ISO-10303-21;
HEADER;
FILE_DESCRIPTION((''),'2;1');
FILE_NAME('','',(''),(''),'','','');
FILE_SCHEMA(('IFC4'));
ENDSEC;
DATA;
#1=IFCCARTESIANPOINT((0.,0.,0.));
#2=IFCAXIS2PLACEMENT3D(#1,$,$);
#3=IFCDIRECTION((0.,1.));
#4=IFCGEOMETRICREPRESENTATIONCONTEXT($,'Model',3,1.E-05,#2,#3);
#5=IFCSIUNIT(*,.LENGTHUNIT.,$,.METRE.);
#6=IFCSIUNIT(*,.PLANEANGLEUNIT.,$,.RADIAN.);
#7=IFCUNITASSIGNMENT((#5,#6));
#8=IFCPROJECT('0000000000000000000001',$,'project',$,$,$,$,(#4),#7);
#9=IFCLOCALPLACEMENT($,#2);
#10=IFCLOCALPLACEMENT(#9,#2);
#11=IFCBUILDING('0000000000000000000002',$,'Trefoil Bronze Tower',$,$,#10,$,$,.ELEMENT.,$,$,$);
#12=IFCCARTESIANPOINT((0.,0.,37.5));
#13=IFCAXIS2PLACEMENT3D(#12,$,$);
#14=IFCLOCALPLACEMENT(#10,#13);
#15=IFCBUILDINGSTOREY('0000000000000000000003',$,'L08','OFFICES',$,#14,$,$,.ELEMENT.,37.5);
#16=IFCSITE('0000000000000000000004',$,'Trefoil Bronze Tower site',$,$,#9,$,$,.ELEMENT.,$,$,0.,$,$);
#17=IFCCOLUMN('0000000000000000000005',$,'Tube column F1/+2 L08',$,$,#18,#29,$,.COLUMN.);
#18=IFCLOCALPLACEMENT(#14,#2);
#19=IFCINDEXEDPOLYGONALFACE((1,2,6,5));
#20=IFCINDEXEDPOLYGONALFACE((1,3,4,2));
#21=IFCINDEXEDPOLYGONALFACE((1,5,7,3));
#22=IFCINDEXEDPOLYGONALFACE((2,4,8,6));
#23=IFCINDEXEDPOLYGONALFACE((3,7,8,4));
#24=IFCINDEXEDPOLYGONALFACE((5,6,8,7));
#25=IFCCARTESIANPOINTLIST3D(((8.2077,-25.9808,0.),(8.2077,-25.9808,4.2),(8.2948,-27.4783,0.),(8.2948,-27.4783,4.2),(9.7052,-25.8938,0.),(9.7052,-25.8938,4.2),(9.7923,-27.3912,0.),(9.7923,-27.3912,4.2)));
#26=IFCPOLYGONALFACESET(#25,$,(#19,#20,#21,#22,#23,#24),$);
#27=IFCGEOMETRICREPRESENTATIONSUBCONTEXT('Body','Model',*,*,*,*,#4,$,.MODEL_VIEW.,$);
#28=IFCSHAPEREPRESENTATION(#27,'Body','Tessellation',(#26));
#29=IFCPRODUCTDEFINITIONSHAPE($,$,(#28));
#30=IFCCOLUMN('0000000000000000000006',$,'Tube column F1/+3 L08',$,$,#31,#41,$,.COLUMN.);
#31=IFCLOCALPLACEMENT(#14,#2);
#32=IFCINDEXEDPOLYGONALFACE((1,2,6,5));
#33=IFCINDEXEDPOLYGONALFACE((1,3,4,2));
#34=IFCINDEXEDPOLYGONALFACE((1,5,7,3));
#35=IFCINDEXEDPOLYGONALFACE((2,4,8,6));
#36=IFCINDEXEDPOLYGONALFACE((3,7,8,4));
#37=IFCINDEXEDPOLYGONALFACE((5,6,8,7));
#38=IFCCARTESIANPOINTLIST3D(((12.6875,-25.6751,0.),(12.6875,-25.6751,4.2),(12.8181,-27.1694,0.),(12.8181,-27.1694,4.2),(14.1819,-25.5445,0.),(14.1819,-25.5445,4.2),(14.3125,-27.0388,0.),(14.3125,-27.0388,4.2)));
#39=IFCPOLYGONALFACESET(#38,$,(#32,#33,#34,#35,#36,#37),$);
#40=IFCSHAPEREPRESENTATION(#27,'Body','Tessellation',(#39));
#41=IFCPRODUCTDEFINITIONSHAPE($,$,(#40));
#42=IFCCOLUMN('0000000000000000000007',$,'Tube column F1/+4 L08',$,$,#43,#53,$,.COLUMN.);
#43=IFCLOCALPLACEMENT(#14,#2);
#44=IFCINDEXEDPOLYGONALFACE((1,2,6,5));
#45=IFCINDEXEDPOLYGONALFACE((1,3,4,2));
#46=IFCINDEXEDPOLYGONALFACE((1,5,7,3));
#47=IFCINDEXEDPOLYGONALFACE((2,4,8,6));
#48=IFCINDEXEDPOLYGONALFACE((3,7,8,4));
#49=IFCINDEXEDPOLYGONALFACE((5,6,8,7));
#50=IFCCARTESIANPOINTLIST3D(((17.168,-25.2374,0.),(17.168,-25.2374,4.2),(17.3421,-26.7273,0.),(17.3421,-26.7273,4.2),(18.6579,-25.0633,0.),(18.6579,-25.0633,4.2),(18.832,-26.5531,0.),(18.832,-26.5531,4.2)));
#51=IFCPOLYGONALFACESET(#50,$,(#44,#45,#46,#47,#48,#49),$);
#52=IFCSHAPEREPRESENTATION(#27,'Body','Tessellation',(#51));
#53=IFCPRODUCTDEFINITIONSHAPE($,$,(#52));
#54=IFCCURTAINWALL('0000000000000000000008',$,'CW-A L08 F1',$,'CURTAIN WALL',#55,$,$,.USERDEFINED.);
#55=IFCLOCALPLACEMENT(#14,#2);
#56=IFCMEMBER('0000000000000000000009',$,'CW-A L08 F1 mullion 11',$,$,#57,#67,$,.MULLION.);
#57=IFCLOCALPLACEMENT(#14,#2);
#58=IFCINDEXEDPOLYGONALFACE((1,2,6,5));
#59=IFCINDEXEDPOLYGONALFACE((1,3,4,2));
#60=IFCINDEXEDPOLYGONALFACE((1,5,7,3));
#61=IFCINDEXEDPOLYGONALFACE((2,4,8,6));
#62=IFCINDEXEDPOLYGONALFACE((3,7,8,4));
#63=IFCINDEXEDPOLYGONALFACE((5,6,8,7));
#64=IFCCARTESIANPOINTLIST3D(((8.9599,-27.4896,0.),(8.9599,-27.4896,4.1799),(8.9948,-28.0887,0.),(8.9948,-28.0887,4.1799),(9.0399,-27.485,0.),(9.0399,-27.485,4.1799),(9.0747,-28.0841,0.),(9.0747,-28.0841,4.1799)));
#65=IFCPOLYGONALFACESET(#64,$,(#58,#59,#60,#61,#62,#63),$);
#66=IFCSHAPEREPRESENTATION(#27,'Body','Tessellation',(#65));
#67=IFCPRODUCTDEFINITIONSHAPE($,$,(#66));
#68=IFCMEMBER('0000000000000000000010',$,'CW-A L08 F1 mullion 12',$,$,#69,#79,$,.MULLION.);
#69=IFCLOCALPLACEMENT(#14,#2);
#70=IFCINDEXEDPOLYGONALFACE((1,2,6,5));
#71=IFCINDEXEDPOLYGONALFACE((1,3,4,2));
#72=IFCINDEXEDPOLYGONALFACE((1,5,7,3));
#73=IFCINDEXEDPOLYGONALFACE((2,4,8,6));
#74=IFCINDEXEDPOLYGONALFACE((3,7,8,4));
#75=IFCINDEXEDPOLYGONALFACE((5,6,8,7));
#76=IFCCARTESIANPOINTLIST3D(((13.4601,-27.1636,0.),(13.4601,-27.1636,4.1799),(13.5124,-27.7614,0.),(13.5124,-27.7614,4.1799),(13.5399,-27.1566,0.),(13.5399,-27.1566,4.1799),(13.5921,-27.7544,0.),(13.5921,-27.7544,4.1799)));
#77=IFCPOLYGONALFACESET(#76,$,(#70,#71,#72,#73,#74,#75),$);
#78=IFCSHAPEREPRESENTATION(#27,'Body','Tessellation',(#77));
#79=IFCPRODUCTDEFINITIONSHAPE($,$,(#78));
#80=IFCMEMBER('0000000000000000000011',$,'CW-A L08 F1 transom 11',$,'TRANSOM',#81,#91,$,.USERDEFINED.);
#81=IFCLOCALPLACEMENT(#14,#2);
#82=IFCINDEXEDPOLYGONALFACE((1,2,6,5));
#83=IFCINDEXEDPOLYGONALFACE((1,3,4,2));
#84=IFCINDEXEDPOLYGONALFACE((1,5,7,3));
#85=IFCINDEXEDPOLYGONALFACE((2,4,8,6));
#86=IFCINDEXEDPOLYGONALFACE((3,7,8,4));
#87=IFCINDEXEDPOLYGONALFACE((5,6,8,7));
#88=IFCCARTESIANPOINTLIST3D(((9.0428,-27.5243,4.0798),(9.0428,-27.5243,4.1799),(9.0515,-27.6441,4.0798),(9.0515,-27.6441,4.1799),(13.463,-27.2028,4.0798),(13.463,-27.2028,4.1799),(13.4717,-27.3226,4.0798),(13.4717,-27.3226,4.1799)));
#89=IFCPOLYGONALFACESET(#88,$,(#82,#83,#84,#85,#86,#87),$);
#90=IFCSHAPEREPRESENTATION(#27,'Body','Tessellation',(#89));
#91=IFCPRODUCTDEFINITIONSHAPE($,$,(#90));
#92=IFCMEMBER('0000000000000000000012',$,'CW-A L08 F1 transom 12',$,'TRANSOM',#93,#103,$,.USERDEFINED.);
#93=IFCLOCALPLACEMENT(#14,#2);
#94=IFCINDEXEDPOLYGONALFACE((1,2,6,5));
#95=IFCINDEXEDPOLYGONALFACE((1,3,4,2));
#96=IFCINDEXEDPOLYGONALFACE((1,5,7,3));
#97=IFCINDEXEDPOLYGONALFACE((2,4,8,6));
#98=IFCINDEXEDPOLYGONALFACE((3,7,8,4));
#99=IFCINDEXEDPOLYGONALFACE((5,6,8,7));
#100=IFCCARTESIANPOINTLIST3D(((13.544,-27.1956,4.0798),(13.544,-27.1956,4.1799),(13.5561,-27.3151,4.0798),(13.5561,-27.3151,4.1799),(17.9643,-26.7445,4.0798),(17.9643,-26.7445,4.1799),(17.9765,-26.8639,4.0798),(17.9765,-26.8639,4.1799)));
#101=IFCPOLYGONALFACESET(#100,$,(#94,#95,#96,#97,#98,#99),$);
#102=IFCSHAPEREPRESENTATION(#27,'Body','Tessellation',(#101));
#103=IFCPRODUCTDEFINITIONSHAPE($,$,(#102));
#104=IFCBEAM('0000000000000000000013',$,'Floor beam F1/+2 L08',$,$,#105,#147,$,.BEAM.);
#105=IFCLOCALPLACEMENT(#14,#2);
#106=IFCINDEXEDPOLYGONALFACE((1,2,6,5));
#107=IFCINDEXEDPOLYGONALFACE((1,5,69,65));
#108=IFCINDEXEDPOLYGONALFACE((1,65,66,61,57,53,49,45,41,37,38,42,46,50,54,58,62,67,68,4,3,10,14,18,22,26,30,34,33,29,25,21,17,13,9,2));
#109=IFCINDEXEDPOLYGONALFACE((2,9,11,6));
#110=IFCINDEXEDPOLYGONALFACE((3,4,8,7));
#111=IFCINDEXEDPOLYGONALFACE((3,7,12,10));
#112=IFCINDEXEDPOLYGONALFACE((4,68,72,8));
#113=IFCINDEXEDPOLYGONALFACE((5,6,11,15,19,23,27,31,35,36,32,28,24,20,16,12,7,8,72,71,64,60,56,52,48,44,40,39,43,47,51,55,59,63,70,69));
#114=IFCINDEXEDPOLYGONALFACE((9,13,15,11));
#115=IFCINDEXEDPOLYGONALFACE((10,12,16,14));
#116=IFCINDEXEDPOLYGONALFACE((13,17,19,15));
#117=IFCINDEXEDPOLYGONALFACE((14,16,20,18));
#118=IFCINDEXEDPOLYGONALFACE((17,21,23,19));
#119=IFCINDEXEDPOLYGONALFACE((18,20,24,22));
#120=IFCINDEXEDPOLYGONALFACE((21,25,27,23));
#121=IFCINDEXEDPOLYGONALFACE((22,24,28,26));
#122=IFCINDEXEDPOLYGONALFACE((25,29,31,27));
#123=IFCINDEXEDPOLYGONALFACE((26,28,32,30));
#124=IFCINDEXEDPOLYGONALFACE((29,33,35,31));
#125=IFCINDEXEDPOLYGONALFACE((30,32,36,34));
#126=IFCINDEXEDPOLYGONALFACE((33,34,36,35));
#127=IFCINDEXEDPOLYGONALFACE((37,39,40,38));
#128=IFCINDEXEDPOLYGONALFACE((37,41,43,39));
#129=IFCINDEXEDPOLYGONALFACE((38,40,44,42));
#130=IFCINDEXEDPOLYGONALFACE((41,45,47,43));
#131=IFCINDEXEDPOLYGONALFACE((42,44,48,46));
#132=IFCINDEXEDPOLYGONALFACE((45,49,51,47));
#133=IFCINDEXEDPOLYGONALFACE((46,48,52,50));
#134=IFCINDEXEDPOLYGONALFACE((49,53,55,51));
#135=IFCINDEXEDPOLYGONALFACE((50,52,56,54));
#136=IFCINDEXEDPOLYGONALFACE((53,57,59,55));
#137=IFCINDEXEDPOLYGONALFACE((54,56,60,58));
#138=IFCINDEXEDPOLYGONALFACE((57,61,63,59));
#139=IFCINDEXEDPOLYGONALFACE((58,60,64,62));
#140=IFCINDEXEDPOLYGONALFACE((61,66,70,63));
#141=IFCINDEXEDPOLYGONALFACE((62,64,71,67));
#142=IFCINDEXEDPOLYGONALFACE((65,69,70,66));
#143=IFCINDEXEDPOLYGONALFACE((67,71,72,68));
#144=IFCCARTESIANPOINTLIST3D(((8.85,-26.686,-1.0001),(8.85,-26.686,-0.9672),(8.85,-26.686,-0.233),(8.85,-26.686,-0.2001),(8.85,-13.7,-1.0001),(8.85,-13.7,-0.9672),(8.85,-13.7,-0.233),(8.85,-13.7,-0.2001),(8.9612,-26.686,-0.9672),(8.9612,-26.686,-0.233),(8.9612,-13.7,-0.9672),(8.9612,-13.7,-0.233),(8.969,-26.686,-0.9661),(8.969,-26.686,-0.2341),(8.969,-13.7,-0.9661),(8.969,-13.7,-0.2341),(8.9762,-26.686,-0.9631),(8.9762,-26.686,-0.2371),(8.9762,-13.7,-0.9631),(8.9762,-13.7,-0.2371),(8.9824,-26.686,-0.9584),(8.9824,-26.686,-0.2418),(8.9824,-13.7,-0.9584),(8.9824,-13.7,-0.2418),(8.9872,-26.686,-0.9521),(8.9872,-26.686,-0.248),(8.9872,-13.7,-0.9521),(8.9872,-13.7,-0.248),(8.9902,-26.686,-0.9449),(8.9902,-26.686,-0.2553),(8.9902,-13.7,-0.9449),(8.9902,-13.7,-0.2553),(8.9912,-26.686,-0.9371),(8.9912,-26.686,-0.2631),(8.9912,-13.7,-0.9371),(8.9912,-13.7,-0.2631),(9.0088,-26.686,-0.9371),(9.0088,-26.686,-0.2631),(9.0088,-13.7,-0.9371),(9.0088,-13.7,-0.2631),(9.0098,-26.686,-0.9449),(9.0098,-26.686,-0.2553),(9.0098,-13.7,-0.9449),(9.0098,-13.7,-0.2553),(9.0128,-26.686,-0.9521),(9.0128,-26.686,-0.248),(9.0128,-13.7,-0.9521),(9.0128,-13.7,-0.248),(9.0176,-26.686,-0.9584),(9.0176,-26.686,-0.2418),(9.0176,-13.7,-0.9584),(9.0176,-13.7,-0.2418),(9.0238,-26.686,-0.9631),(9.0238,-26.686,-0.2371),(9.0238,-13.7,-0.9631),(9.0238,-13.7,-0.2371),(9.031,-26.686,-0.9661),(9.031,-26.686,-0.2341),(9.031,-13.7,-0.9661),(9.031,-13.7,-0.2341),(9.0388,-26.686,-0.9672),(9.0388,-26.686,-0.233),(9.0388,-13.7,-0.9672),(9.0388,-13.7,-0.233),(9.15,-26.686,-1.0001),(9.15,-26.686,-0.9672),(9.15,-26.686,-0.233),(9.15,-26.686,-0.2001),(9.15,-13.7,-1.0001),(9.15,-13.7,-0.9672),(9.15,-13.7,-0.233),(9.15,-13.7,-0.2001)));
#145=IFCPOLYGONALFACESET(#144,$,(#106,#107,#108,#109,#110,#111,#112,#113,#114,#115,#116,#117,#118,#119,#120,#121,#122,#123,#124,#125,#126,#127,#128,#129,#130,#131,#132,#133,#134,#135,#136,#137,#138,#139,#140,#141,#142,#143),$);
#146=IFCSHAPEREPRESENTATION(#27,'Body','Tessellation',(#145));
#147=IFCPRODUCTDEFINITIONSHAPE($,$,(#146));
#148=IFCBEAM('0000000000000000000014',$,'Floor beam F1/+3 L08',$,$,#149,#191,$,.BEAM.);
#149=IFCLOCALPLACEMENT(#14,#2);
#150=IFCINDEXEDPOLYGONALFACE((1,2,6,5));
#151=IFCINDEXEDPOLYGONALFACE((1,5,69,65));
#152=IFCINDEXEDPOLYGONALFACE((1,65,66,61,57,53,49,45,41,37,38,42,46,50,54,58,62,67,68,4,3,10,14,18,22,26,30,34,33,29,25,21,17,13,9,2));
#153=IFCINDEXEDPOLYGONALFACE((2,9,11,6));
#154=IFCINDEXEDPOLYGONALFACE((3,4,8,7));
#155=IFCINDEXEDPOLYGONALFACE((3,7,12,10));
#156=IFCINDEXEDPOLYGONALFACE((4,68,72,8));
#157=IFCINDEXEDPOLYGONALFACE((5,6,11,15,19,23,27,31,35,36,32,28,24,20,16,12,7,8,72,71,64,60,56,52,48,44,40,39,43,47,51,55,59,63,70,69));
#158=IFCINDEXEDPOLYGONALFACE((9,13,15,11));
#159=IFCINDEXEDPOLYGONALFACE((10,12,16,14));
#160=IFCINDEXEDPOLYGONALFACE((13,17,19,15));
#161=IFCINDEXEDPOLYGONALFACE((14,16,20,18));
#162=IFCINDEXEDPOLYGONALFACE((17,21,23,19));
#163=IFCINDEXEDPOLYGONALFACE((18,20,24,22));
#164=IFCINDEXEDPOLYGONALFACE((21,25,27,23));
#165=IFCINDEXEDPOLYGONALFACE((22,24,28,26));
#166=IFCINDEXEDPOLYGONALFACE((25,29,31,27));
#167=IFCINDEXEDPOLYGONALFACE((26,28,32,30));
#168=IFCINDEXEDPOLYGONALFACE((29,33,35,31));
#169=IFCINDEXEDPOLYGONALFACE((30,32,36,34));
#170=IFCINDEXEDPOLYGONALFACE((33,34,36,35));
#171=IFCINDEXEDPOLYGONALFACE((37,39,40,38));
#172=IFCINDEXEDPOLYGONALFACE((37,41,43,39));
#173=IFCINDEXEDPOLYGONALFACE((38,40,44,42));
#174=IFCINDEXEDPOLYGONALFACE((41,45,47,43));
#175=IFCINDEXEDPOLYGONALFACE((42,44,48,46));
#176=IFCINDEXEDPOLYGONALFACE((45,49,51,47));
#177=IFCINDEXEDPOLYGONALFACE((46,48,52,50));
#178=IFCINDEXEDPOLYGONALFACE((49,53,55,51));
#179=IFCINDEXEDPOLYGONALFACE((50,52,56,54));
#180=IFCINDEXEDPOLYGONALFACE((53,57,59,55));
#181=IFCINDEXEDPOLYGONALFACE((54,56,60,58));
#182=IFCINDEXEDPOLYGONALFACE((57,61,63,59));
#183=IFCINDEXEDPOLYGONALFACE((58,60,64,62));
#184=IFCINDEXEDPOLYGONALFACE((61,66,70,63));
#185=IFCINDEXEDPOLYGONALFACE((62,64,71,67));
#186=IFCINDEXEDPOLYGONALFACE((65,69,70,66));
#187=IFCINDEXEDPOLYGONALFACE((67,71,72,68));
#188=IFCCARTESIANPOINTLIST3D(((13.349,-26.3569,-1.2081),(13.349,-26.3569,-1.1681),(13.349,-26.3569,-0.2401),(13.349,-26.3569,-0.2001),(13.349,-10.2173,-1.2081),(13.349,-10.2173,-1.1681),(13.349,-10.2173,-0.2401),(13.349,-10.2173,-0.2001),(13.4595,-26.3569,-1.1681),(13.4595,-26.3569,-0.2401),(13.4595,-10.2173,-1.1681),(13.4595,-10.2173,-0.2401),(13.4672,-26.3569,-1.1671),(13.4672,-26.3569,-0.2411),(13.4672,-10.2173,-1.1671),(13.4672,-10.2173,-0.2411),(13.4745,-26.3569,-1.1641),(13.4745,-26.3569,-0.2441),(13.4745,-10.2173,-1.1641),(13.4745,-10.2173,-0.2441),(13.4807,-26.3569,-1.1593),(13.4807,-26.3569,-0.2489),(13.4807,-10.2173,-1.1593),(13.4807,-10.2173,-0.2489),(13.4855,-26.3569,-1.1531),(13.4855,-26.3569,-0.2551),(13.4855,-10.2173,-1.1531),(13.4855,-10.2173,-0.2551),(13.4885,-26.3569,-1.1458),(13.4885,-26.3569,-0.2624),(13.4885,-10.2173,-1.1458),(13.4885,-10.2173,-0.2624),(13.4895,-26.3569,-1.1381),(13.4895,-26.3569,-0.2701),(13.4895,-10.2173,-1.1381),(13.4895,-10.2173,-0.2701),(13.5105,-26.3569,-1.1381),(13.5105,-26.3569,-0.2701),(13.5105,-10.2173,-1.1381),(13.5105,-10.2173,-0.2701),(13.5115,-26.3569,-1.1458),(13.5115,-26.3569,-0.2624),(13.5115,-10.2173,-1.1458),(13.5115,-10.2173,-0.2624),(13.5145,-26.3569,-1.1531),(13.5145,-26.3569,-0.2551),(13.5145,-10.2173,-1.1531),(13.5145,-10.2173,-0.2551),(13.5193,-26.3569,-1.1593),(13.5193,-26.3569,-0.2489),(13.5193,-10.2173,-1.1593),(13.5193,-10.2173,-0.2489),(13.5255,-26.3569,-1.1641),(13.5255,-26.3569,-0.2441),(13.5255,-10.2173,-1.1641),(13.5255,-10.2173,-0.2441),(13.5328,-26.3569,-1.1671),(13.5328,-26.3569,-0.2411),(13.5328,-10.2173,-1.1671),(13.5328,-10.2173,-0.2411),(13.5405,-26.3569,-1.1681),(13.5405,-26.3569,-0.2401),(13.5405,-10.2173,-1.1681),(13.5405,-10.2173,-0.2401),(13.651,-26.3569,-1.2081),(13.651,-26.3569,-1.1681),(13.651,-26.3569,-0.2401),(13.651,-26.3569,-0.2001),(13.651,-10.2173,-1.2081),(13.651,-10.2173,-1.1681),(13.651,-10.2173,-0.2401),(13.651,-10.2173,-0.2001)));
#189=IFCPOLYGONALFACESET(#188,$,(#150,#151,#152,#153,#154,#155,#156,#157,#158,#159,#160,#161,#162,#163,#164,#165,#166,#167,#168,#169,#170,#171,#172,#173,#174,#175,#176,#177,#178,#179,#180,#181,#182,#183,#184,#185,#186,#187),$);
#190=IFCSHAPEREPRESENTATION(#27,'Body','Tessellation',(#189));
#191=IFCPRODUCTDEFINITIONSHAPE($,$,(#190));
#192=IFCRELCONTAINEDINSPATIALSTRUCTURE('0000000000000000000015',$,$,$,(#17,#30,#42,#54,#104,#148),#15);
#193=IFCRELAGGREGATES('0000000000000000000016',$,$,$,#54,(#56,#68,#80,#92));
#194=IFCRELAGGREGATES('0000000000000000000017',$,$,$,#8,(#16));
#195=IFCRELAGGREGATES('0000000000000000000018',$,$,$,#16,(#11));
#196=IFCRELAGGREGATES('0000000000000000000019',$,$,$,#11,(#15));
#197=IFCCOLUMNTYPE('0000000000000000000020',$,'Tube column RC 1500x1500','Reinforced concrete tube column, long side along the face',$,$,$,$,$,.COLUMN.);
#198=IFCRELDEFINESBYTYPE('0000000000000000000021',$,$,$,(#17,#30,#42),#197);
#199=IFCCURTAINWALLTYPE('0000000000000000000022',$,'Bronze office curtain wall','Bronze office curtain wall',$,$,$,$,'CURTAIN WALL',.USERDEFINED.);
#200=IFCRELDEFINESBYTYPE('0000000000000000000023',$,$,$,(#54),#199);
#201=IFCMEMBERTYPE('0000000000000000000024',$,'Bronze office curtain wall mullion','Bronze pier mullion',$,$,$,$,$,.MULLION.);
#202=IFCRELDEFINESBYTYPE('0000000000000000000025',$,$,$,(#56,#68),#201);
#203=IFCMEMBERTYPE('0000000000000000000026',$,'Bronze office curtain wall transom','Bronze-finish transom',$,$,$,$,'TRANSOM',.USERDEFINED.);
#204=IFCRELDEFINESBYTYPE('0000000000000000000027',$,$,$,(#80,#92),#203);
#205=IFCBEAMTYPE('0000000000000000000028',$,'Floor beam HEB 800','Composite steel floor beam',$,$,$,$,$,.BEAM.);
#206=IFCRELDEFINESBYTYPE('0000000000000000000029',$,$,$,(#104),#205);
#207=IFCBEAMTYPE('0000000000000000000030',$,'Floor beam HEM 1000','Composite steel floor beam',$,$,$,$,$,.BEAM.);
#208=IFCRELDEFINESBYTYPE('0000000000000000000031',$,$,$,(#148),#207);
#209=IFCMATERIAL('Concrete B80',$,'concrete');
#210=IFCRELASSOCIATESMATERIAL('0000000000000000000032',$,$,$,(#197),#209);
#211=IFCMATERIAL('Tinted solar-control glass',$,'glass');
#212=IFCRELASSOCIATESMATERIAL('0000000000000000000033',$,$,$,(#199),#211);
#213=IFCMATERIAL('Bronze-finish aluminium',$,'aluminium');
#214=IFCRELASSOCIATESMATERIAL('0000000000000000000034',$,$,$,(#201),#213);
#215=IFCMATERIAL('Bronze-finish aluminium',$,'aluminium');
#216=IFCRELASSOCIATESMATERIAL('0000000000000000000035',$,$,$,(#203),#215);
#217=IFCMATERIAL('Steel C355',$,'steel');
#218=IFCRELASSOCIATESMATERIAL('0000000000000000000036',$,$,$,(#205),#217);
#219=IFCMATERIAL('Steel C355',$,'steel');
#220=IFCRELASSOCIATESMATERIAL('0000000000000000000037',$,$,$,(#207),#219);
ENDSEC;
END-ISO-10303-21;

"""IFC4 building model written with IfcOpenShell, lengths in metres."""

from ifc_helpers import new_model, si_unit, direction, frame, origin, origin_2d, place, context, subcontext, project, spatial, rectangle, i_section, extrude, material, material_profile, profile_set, type_object, element, aggregate, save


model = new_model("IFC4")

# Units and contexts
model_context = context("Model", 3, precision=1e-05, world=origin(), true_north=direction((0.0, 1.0)))
body_context = subcontext(model_context, "Body", "Model", "MODEL_VIEW")
ifc_project = project(units=[si_unit("LENGTHUNIT", "METRE"), si_unit("PLANEANGLEUNIT", "RADIAN")], contexts=[model_context])

# Site, building, storey
site_placement = place(None, origin())
site = spatial("IfcSite", under=ifc_project, at=site_placement, Name="Trefoil Bronze Tower site", CompositionType="ELEMENT", RefElevation=0.0)
building_placement = place(site_placement, origin())
building = spatial("IfcBuilding", under=site, at=building_placement, Name="Trefoil Bronze Tower", CompositionType="ELEMENT")
storey_placement = place(building_placement, frame((0.0, 0.0, 37.5)))
storey = spatial("IfcBuildingStorey", under=building, at=storey_placement, Name="L08", Description="OFFICES", CompositionType="ELEMENT", Elevation=37.5)

# Columns
ifc_material_1 = material(Name="Concrete B80", Category="concrete")
ifc_material_profile_1 = material_profile(ifc_material_1, rectangle(XDim=1.5, YDim=1.5, at=origin_2d()), Name="RC 1500x1500")
ifc_profile_set_1 = profile_set([ifc_material_profile_1], Name="Concrete B80")
column_type = type_object("IfcColumnType", Name="Tube column RC 1500x1500", Description="Reinforced concrete tube column, long side along the face", PredefinedType="COLUMN", material=ifc_profile_set_1)
for number, where, z_axis, x_axis, name in (
    (1, (9.0, -26.686, 0.0), (0.0, 0.0, 1.0), (0.998314, 0.058043, 0.0), "Tube column F1/+2 L08"),
    (2, (13.5, -26.3569, 0.0), (0.0, 0.0, 1.0), (0.996203, 0.087065, 0.0), "Tube column F1/+3 L08"),
    (3, (18.0, -25.8953, 0.0), (0.0, 0.0, 1.0), (0.993239, 0.116087, 0.0), "Tube column F1/+4 L08"),
):
    element("IfcColumn", number, at=place(storey_placement, frame(where, z_axis=z_axis, x_axis=x_axis)), inside=storey, type_object=column_type, Name=name, PredefinedType="COLUMN", context=body_context, shape_type="SweptSolid", body=[
        extrude(rectangle(XDim=1.5, YDim=1.5, at=origin_2d()), origin(), (0.0, 0.0, 1.0), 4.2),
    ])

# Curtain wall, members
ifc_material_2 = material(Name="Tinted solar-control glass", Category="glass")
curtain_wall_type = type_object("IfcCurtainWallType", Name="Bronze office curtain wall", Description="Bronze office curtain wall", ElementType="CURTAIN WALL", PredefinedType="USERDEFINED", material=ifc_material_2)
curtain_wall_placement = place(storey_placement, origin())
curtain_wall = element("IfcCurtainWall", 4, at=curtain_wall_placement, inside=storey, type_object=curtain_wall_type, Name="CW-A L08 F1", ObjectType="CURTAIN WALL", PredefinedType="USERDEFINED")
ifc_material_3 = material(Name="Bronze-finish aluminium", Category="aluminium")
ifc_material_profile_2 = material_profile(ifc_material_3, rectangle(XDim=0.6001, YDim=0.0801, at=origin_2d()), Name="CW-A mullion")
ifc_profile_set_2 = profile_set([ifc_material_profile_2], Name="Bronze-finish aluminium")
member_type_1 = type_object("IfcMemberType", Name="Bronze office curtain wall mullion", Description="Bronze pier mullion", PredefinedType="MULLION", material=ifc_profile_set_2)
member_1_placement = place(storey_placement, frame((9.0173, -27.7869, 0.0), z_axis=(0.0, 0.0, 1.0), x_axis=(-0.058043, 0.998314, 0.0)))
member_1 = element("IfcMember", 5, at=member_1_placement, type_object=member_type_1, Name="CW-A L08 F1 mullion 11", PredefinedType="MULLION", context=body_context, shape_type="SweptSolid", body=[
    extrude(rectangle(XDim=0.6001, YDim=0.0801, at=origin_2d()), origin(), (0.0, 0.0, 1.0), 4.1799),
])
member_2_placement = place(storey_placement, frame((13.5261, -27.459, 0.0), z_axis=(0.0, 0.0, 1.0), x_axis=(-0.087065, 0.996203, 0.0)))
member_2 = element("IfcMember", 6, at=member_2_placement, type_object=member_type_1, Name="CW-A L08 F1 mullion 12", PredefinedType="MULLION", context=body_context, shape_type="SweptSolid", body=[
    extrude(rectangle(XDim=0.6001, YDim=0.0801, at=origin_2d()), origin(), (0.0, 0.0, 1.0), 4.1799),
])
ifc_material_4 = material(Name="Bronze-finish aluminium", Category="aluminium")
ifc_material_profile_3 = material_profile(ifc_material_4, rectangle(XDim=0.1201, YDim=0.1001, at=origin_2d()), Name="CW-A transom")
ifc_profile_set_3 = profile_set([ifc_material_profile_3], Name="Bronze-finish aluminium")
member_type_2 = type_object("IfcMemberType", Name="Bronze office curtain wall transom", Description="Bronze-finish transom", ElementType="TRANSOM", PredefinedType="USERDEFINED", material=ifc_profile_set_3)
member_3_placement = place(storey_placement, frame((9.0471, -27.5842, 4.1299), z_axis=(0.997365, 0.072551, 0.0), x_axis=(-0.072551, 0.997365, 0.0)))
member_3 = element("IfcMember", 7, at=member_3_placement, type_object=member_type_2, Name="CW-A L08 F1 transom 11", ObjectType="TRANSOM", PredefinedType="USERDEFINED", context=body_context, shape_type="SweptSolid", body=[
    extrude(rectangle(XDim=0.1201, YDim=0.1001, at=origin_2d()), origin(), (0.0, 0.0, 1.0), 4.4319),
])
member_4_placement = place(storey_placement, frame((13.55, -27.2554, 4.1299), z_axis=(0.994832, 0.101538, 0.0), x_axis=(-0.101538, 0.994832, 0.0)))
member_4 = element("IfcMember", 8, at=member_4_placement, type_object=member_type_2, Name="CW-A L08 F1 transom 12", ObjectType="TRANSOM", PredefinedType="USERDEFINED", context=body_context, shape_type="SweptSolid", body=[
    extrude(rectangle(XDim=0.1201, YDim=0.1001, at=origin_2d()), origin(), (0.0, 0.0, 1.0), 4.4434),
])

# Beams
ifc_material_5 = material(Name="Steel C355", Category="steel")
ifc_material_profile_4 = material_profile(ifc_material_5, i_section(OverallWidth=0.3, OverallDepth=0.8, WebThickness=0.0176, FlangeThickness=0.033, FilletRadius=0.03, at=origin_2d()), Name="HEB 800")
ifc_profile_set_4 = profile_set([ifc_material_profile_4], Name="Steel C355")
beam_type_1 = type_object("IfcBeamType", Name="Floor beam HEB 800", Description="Composite steel floor beam", PredefinedType="BEAM", material=ifc_profile_set_4)
beam_1_placement = place(storey_placement, frame((9.0, -26.686, -0.6001), z_axis=(0.0, 1.0, 0.0), x_axis=(-1.0, 0.0, 0.0)))
element("IfcBeam", 9, at=beam_1_placement, inside=storey, type_object=beam_type_1, Name="Floor beam F1/+2 L08", PredefinedType="BEAM", context=body_context, shape_type="SweptSolid", body=[
    extrude(i_section(OverallWidth=0.3, OverallDepth=0.8, WebThickness=0.0176, FlangeThickness=0.033, FilletRadius=0.03, at=origin_2d()), origin(), (0.0, 0.0, 1.0), 12.9861),
])
ifc_material_6 = material(Name="Steel C355", Category="steel")
ifc_material_profile_5 = material_profile(ifc_material_6, i_section(OverallWidth=0.302, OverallDepth=1.0081, WebThickness=0.021, FlangeThickness=0.04, FilletRadius=0.03, at=origin_2d()), Name="HEM 1000")
ifc_profile_set_5 = profile_set([ifc_material_profile_5], Name="Steel C355")
beam_type_2 = type_object("IfcBeamType", Name="Floor beam HEM 1000", Description="Composite steel floor beam", PredefinedType="BEAM", material=ifc_profile_set_5)
beam_2_placement = place(storey_placement, frame((13.5, -26.3569, -0.7041), z_axis=(0.0, 1.0, 0.0), x_axis=(-1.0, 0.0, 0.0)))
element("IfcBeam", 10, at=beam_2_placement, inside=storey, type_object=beam_type_2, Name="Floor beam F1/+3 L08", PredefinedType="BEAM", context=body_context, shape_type="SweptSolid", body=[
    extrude(i_section(OverallWidth=0.302, OverallDepth=1.0081, WebThickness=0.021, FlangeThickness=0.04, FilletRadius=0.03, at=origin_2d()), origin(), (0.0, 0.0, 1.0), 16.1396),
])

aggregate(curtain_wall, [member_1, member_2, member_3, member_4])

save(model, "model.ifc")
